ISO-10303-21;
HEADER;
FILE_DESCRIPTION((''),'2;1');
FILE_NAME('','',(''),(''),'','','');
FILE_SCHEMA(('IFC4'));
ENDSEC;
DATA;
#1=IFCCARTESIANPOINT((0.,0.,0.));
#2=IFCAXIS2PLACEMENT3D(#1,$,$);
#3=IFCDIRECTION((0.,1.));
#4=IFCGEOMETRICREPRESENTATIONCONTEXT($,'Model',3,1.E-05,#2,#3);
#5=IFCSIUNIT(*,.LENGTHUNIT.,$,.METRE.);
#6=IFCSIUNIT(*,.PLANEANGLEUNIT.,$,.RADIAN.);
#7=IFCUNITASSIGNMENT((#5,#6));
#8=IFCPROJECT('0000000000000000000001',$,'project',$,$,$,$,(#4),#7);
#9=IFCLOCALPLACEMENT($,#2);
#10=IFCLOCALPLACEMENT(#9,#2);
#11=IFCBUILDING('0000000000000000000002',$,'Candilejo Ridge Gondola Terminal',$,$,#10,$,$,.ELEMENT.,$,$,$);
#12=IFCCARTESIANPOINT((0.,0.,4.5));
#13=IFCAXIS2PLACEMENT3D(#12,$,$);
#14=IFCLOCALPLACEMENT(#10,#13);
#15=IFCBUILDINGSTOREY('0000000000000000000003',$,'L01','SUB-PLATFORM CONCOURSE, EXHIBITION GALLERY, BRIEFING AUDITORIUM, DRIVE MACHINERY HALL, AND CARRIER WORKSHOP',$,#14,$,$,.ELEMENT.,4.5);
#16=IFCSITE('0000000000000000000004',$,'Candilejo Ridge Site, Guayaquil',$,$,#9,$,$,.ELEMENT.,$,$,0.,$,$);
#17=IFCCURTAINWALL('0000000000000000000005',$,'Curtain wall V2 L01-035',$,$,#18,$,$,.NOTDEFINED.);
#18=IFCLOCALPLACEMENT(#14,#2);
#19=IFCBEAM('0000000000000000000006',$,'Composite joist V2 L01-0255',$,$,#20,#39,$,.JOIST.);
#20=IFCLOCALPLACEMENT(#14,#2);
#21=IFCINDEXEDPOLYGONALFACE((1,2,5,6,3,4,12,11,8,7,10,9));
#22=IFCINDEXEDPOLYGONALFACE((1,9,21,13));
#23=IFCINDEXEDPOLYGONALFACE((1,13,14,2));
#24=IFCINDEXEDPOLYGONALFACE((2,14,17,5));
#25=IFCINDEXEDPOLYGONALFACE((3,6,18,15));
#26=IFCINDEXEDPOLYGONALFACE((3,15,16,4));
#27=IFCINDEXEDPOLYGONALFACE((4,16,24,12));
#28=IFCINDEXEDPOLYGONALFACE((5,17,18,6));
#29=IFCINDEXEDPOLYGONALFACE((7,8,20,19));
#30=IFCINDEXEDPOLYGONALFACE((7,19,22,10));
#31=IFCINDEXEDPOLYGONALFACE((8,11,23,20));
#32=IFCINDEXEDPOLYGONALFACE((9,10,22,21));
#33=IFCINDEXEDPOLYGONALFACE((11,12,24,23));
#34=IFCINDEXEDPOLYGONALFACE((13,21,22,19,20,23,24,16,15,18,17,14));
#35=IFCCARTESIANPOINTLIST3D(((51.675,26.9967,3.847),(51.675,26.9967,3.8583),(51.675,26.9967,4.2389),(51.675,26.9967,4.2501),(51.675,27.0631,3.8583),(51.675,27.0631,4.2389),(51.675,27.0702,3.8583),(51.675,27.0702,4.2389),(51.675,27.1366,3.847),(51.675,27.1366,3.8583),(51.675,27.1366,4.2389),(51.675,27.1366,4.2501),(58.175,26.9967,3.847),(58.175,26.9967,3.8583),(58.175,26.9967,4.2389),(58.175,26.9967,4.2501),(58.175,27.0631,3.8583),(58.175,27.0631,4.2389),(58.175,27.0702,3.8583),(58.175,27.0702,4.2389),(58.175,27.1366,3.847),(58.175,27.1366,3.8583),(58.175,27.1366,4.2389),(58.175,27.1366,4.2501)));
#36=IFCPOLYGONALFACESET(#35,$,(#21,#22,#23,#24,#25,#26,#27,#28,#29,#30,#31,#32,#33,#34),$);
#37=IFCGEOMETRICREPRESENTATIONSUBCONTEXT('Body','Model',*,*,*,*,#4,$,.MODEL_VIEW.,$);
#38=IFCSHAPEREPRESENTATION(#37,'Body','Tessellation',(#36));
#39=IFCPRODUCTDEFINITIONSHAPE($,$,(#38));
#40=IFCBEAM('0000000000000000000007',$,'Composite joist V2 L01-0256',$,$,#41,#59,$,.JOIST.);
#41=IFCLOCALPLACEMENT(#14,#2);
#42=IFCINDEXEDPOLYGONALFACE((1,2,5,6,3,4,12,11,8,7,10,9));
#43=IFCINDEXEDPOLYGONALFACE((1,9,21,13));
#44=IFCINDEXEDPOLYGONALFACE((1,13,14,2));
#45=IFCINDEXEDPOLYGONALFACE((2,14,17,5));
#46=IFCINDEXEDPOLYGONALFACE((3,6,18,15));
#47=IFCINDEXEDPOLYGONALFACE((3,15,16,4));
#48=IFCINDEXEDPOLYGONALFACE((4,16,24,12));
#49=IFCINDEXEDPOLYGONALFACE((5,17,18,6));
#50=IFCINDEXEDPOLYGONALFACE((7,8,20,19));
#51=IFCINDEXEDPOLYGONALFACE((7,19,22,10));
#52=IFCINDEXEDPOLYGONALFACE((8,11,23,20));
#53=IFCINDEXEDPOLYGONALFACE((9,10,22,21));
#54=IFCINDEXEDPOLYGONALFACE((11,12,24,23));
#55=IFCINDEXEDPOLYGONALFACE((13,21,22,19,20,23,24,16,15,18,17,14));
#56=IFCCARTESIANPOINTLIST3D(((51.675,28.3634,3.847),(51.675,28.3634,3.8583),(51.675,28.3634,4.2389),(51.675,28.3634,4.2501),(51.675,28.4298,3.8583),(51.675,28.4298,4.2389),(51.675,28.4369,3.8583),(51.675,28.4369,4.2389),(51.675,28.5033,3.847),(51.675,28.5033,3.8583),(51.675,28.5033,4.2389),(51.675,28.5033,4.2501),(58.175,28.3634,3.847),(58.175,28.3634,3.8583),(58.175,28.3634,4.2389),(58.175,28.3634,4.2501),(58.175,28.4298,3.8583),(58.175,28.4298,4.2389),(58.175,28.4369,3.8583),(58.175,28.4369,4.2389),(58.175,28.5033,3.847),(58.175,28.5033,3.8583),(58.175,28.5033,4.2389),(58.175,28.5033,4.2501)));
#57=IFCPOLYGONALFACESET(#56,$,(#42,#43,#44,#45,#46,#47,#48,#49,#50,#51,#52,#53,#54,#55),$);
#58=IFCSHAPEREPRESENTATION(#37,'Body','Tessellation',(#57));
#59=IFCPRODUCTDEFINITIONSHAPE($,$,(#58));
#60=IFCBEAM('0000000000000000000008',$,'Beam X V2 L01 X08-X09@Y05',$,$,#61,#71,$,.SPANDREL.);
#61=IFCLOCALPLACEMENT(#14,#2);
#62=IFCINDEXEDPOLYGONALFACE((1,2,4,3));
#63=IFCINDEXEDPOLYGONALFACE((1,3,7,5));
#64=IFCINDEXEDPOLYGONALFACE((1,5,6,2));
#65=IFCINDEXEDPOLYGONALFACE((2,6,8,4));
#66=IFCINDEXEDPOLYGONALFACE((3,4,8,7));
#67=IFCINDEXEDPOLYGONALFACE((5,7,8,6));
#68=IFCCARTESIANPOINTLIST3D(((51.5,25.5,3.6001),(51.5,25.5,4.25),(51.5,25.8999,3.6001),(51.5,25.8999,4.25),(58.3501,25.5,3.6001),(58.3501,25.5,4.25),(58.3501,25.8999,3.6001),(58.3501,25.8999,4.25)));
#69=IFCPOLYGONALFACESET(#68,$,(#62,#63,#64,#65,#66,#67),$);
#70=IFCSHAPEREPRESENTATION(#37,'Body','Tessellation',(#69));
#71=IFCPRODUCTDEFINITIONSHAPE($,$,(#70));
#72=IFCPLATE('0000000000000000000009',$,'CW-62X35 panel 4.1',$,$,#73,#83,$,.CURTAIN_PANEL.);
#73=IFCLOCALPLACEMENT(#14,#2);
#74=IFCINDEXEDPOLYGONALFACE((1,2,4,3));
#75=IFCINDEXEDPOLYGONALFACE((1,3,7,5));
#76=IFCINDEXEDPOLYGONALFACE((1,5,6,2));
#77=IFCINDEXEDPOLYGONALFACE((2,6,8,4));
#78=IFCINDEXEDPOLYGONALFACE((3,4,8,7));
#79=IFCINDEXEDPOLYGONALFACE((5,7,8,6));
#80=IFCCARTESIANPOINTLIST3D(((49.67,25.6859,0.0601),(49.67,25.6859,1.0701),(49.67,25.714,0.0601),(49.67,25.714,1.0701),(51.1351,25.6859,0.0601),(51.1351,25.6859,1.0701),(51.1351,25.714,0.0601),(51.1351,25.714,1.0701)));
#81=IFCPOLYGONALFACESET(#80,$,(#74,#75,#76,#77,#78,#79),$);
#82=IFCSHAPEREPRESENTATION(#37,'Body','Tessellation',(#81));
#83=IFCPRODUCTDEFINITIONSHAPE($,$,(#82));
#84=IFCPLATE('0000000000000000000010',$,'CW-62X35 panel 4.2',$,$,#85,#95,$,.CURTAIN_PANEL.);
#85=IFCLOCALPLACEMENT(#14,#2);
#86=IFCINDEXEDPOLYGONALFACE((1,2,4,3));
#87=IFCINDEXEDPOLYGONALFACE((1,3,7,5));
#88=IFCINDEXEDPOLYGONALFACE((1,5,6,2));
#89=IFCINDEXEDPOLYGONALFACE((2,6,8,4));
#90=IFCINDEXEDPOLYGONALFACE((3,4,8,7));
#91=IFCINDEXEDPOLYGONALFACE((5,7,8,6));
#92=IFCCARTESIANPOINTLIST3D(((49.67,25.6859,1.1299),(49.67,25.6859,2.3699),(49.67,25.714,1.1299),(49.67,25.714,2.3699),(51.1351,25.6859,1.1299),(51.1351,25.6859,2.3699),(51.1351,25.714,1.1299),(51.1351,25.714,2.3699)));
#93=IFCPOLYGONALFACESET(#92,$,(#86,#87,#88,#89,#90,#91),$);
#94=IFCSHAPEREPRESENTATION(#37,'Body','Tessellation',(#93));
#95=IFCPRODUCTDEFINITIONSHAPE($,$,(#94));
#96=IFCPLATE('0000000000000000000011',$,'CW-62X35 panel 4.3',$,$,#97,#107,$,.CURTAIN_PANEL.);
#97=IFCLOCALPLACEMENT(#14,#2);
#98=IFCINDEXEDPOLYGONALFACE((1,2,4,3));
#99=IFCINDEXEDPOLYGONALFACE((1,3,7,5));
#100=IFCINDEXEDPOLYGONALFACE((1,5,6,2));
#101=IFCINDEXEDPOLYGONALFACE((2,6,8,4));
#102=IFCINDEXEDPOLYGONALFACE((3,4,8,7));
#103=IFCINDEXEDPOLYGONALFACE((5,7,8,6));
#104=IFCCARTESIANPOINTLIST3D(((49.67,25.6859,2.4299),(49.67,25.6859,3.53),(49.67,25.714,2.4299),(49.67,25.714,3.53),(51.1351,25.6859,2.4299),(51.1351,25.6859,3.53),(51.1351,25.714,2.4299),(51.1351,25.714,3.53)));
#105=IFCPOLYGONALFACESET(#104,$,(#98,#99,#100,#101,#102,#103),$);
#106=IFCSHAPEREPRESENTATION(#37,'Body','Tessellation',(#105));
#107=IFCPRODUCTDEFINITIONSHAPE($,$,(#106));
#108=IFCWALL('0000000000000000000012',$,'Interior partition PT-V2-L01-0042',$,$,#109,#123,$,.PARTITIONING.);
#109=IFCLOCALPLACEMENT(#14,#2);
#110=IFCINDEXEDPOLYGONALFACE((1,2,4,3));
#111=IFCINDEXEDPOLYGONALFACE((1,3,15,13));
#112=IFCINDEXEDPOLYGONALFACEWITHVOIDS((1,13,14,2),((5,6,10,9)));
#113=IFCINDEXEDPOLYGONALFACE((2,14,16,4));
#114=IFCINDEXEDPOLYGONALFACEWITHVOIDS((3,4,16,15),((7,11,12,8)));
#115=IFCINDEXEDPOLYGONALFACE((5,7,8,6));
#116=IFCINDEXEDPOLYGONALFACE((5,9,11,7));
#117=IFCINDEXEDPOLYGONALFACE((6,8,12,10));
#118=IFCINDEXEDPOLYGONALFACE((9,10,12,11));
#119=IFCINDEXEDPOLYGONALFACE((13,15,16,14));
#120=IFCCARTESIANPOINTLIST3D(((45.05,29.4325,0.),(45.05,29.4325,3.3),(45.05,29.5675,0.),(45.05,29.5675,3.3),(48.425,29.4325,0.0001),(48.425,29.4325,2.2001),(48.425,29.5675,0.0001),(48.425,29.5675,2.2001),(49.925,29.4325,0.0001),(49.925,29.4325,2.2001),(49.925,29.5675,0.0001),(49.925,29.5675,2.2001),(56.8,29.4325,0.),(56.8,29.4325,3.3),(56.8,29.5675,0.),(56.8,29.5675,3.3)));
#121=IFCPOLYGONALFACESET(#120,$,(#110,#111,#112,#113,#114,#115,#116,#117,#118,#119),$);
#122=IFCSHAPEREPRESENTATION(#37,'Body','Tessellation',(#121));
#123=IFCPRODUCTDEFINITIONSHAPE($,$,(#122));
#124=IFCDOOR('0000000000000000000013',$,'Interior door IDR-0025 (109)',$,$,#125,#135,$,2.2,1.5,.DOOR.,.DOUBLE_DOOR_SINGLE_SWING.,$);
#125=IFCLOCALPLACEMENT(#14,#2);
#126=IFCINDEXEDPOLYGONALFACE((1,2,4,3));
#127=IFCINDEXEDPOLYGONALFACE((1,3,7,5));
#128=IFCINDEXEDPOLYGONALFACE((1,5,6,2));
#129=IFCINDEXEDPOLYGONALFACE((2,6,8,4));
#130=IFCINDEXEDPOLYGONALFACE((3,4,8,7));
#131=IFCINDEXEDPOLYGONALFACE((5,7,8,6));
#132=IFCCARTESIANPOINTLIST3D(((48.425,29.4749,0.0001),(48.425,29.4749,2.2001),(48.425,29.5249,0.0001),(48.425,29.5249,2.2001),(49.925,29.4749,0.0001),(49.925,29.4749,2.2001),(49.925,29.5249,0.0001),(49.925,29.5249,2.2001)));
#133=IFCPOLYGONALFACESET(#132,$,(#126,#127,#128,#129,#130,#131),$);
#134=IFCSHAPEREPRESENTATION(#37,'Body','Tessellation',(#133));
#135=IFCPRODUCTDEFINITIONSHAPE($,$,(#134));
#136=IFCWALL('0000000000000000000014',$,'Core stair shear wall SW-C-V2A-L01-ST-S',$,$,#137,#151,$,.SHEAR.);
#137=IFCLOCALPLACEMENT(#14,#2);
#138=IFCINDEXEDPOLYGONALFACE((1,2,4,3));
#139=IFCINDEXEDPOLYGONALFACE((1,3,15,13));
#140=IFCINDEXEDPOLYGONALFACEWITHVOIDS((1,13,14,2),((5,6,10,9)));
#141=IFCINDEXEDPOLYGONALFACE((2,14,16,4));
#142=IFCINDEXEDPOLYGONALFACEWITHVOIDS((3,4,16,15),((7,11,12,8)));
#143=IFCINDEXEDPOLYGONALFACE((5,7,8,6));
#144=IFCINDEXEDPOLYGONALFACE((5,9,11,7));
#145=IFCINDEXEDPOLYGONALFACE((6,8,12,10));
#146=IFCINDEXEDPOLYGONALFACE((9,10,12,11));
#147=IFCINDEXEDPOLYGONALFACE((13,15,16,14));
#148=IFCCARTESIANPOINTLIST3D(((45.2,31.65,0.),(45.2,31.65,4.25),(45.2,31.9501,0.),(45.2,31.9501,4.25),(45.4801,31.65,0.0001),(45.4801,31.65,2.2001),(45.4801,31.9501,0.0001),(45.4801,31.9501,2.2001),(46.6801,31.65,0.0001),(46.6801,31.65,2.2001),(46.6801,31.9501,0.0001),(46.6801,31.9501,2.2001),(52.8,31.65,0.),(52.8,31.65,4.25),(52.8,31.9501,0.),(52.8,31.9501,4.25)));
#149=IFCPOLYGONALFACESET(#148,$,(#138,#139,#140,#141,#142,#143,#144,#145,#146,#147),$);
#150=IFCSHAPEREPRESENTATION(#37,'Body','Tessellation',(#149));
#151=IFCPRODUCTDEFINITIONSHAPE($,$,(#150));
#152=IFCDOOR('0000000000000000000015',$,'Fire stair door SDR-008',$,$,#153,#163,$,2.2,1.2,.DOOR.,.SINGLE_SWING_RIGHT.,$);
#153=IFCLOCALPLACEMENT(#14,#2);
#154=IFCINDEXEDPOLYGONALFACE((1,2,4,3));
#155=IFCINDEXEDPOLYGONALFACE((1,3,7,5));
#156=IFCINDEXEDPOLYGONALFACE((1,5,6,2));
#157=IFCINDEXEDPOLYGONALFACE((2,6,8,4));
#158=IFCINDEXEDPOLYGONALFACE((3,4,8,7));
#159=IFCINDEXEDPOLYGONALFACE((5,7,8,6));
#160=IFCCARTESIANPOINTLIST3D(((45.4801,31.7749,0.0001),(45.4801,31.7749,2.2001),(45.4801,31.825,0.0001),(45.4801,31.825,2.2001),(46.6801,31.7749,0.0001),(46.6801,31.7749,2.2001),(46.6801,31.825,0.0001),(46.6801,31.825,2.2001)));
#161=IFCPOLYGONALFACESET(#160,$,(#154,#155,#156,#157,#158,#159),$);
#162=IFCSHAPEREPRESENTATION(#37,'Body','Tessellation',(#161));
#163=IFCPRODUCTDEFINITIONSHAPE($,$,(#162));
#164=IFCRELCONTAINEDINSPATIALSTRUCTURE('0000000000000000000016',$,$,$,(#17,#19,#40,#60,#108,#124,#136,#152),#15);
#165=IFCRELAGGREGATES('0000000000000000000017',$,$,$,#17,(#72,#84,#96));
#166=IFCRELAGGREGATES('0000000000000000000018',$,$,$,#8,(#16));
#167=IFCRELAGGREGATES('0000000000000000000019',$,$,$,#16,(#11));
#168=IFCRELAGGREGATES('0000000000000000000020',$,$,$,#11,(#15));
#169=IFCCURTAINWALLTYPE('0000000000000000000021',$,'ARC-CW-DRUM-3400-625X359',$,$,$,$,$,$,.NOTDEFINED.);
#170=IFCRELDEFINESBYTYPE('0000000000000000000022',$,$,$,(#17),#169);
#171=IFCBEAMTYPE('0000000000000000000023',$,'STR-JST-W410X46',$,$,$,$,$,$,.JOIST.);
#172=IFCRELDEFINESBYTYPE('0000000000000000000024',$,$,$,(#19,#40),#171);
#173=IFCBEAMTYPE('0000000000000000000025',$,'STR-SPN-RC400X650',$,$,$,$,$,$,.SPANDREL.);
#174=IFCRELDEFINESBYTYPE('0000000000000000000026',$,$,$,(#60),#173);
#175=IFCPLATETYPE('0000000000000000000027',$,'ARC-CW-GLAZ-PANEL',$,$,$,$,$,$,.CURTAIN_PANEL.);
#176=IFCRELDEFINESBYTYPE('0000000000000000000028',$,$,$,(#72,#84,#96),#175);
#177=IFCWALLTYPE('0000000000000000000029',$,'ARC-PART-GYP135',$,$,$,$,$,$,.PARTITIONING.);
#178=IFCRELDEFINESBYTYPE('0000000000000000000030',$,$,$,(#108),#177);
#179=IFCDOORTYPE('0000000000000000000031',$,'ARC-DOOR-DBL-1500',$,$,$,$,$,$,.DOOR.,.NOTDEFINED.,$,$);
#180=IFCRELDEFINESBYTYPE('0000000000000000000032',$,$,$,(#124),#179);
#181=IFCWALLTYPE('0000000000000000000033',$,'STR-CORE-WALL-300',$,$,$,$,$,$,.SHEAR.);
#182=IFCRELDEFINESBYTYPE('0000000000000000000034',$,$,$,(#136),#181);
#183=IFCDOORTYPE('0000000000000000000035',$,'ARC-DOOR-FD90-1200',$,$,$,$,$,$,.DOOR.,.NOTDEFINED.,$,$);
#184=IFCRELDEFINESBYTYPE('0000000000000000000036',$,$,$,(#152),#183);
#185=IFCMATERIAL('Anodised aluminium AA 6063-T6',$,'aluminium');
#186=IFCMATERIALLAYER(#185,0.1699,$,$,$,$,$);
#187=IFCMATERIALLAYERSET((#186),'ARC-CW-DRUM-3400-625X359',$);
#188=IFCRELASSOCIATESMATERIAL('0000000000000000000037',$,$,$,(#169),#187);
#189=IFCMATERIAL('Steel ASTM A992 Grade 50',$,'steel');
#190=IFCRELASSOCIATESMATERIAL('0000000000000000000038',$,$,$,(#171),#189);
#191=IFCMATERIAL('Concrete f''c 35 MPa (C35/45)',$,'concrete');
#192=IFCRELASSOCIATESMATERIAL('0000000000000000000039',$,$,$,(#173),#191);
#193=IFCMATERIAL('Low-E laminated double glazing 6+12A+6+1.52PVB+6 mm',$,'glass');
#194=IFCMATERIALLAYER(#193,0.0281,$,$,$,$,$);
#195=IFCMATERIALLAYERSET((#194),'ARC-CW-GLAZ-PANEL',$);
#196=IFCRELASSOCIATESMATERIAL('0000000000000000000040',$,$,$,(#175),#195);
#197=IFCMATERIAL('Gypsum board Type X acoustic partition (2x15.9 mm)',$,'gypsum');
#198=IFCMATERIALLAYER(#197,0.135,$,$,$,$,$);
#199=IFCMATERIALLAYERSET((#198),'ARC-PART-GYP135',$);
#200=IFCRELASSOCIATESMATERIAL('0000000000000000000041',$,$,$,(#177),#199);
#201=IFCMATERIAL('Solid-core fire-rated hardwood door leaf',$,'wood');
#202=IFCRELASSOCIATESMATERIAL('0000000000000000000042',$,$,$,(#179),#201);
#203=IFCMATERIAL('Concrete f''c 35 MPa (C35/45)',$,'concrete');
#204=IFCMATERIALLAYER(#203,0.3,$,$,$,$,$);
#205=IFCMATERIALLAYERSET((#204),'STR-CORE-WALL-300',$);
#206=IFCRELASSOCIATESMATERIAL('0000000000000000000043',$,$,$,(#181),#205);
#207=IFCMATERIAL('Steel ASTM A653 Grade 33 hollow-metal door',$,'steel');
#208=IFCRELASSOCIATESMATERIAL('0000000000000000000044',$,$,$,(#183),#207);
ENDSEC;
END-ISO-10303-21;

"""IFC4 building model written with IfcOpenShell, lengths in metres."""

from ifc_helpers import new_model, si_unit, direction, frame, frame_2d, origin, origin_2d, place, context, subcontext, project, spatial, rectangle, i_section, extrude, material, layer, layer_set, material_profile, profile_set, type_object, element, fill, aggregate, save


model = new_model("IFC4")

# Units and contexts
model_context = context("Model", 3, precision=1e-05, world=origin(), true_north=direction((0.0, 1.0)))
body_context = subcontext(model_context, "Body", "Model", "MODEL_VIEW")
ifc_project = project(units=[si_unit("LENGTHUNIT", "METRE"), si_unit("PLANEANGLEUNIT", "RADIAN")], contexts=[model_context])

# Site, building, storey
site_placement = place(None, origin())
site = spatial("IfcSite", under=ifc_project, at=site_placement, Name="Candilejo Ridge Site, Guayaquil", CompositionType="ELEMENT", RefElevation=0.0)
building_placement = place(site_placement, origin())
building = spatial("IfcBuilding", under=site, at=building_placement, Name="Candilejo Ridge Gondola Terminal", CompositionType="ELEMENT")
storey_placement = place(building_placement, frame((0.0, 0.0, 4.5)))
storey = spatial("IfcBuildingStorey", under=building, at=storey_placement, Name="L01", Description="SUB-PLATFORM CONCOURSE, EXHIBITION GALLERY, BRIEFING AUDITORIUM, DRIVE MACHINERY HALL, AND CARRIER WORKSHOP", CompositionType="ELEMENT", Elevation=4.5)

# Curtain wall
ifc_material_1 = material(Name="Anodised aluminium AA 6063-T6", Category="aluminium")
ifc_layer_1 = layer(ifc_material_1, 0.1699)
ifc_layer_set_1 = layer_set([ifc_layer_1], Name="ARC-CW-DRUM-3400-625X359")
curtain_wall_type = type_object("IfcCurtainWallType", Name="ARC-CW-DRUM-3400-625X359", PredefinedType="NOTDEFINED", material=ifc_layer_set_1)
curtain_wall_1_placement = place(storey_placement, origin())
curtain_wall_1 = element("IfcCurtainWall", 1, at=curtain_wall_1_placement, inside=storey, type_object=curtain_wall_type, Name="Curtain wall V2 L01-035", PredefinedType="NOTDEFINED")

# Beams
ifc_material_2 = material(Name="Steel ASTM A992 Grade 50", Category="steel")
ifc_material_profile_1 = material_profile(ifc_material_2, i_section(OverallWidth=0.1399, OverallDepth=0.4031, WebThickness=0.0071, FlangeThickness=0.0112, at=origin_2d()))
ifc_profile_set_1 = profile_set([ifc_material_profile_1], Name="Steel ASTM A992 Grade 50")
beam_type_1 = type_object("IfcBeamType", Name="STR-JST-W410X46", PredefinedType="JOIST", material=ifc_profile_set_1)
for number, where, z_axis, x_axis, name in (
    (2, (51.675, 27.0667, 4.0486), (1.0, 0.0, 0.0), (0.0, 1.0, 0.0), "Composite joist V2 L01-0255"),
    (3, (51.675, 28.4333, 4.0486), (1.0, 0.0, 0.0), (0.0, 1.0, 0.0), "Composite joist V2 L01-0256"),
):
    element("IfcBeam", number, at=place(storey_placement, frame(where, z_axis=z_axis, x_axis=x_axis)), inside=storey, type_object=beam_type_1, Name=name, PredefinedType="JOIST", context=body_context, shape_type="SweptSolid", body=[
        extrude(i_section(OverallWidth=0.1399, OverallDepth=0.4031, WebThickness=0.0071, FlangeThickness=0.0112, at=origin_2d()), origin(), (0.0, 0.0, 1.0), 6.5),
    ])
ifc_material_3 = material(Name="Concrete f'c 35 MPa (C35/45)", Category="concrete")
ifc_material_profile_2 = material_profile(ifc_material_3, rectangle(XDim=0.3999, YDim=0.6499, at=origin_2d()))
ifc_profile_set_2 = profile_set([ifc_material_profile_2], Name="Concrete f'c 35 MPa (C35/45)")
beam_type_2 = type_object("IfcBeamType", Name="STR-SPN-RC400X650", PredefinedType="SPANDREL", material=ifc_profile_set_2)
beam_1_placement = place(storey_placement, frame((51.5, 25.7, 3.925), z_axis=(1.0, 0.0, 0.0), x_axis=(0.0, 1.0, 0.0)))
element("IfcBeam", 4, at=beam_1_placement, inside=storey, type_object=beam_type_2, Name="Beam X V2 L01 X08-X09@Y05", PredefinedType="SPANDREL", context=body_context, shape_type="SweptSolid", body=[
    extrude(rectangle(XDim=0.3999, YDim=0.6499, at=origin_2d()), origin(), (0.0, 0.0, 1.0), 6.8501),
])

# Plates
ifc_material_4 = material(Name="Low-E laminated double glazing 6+12A+6+1.52PVB+6 mm", Category="glass")
ifc_layer_2 = layer(ifc_material_4, 0.0281)
ifc_layer_set_2 = layer_set([ifc_layer_2], Name="ARC-CW-GLAZ-PANEL")
plate_type = type_object("IfcPlateType", Name="ARC-CW-GLAZ-PANEL", PredefinedType="CURTAIN_PANEL", material=ifc_layer_set_2)
plate_1_placement = place(storey_placement, frame((50.4026, 25.7, 0.0601), z_axis=(0.0, 0.0, 1.0), x_axis=(1.0, 0.0, 0.0)))
plate_1 = element("IfcPlate", 5, at=plate_1_placement, type_object=plate_type, Name="CW-62X35 panel 4.1", PredefinedType="CURTAIN_PANEL", context=body_context, shape_type="SweptSolid", body=[
    extrude(rectangle(XDim=1.4651, YDim=0.0281, at=origin_2d()), origin(), (0.0, 0.0, 1.0), 1.01),
])
plate_2_placement = place(storey_placement, frame((50.4026, 25.7, 1.1299), z_axis=(0.0, 0.0, 1.0), x_axis=(1.0, 0.0, 0.0)))
plate_2 = element("IfcPlate", 6, at=plate_2_placement, type_object=plate_type, Name="CW-62X35 panel 4.2", PredefinedType="CURTAIN_PANEL", context=body_context, shape_type="SweptSolid", body=[
    extrude(rectangle(XDim=1.4651, YDim=0.0281, at=origin_2d()), origin(), (0.0, 0.0, 1.0), 1.24),
])
plate_3_placement = place(storey_placement, frame((50.4026, 25.7, 2.4299), z_axis=(0.0, 0.0, 1.0), x_axis=(1.0, 0.0, 0.0)))
plate_3 = element("IfcPlate", 7, at=plate_3_placement, type_object=plate_type, Name="CW-62X35 panel 4.3", PredefinedType="CURTAIN_PANEL", context=body_context, shape_type="SweptSolid", body=[
    extrude(rectangle(XDim=1.4651, YDim=0.0281, at=origin_2d()), origin(), (0.0, 0.0, 1.0), 1.1001),
])
aggregate(curtain_wall_1, [plate_1, plate_2, plate_3])

# Walls, openings, doors
ifc_material_5 = material(Name="Gypsum board Type X acoustic partition (2x15.9 mm)", Category="gypsum")
ifc_layer_3 = layer(ifc_material_5, 0.135)
ifc_layer_set_3 = layer_set([ifc_layer_3], Name="ARC-PART-GYP135")
wall_type_1 = type_object("IfcWallType", Name="ARC-PART-GYP135", PredefinedType="PARTITIONING", material=ifc_layer_set_3)
wall_1_placement = place(storey_placement, frame((45.05, 29.5, 0.0), z_axis=(0.0, 0.0, 1.0), x_axis=(1.0, 0.0, 0.0)))
wall_1 = element("IfcWall", 8, at=wall_1_placement, inside=storey, type_object=wall_type_1, Name="Interior partition PT-V2-L01-0042", PredefinedType="PARTITIONING", context=body_context, shape_type="SweptSolid", body=[
    extrude(rectangle(XDim=11.75, YDim=0.135, at=frame_2d((5.875, 0.0))), origin(), (0.0, 0.0, 1.0), 3.3),
])
opening_1_placement = place(wall_1_placement, frame((3.375, 0.0, 0.0)))
opening_1 = element("IfcOpeningElement", 9, at=opening_1_placement, cuts=wall_1, PredefinedType="OPENING", context=body_context, shape_type="SweptSolid", body=[
    extrude(rectangle(XDim=1.5, YDim=2.2, at=frame_2d((0.75, 1.1001))), frame((0.0, 0.0774, 0.0), z_axis=(0.0, -1.0, 0.0), x_axis=(1.0, 0.0, 0.0)), (0.0, 0.0, 1.0), 0.155),
])
ifc_material_6 = material(Name="Solid-core fire-rated hardwood door leaf", Category="wood")
door_type_1 = type_object("IfcDoorType", Name="ARC-DOOR-DBL-1500", OperationType="NOTDEFINED", PredefinedType="DOOR", material=ifc_material_6)
door_1_placement = place(opening_1_placement, origin())
door_1 = element("IfcDoor", 10, at=door_1_placement, inside=storey, type_object=door_type_1, Name="Interior door IDR-0025 (109)", OperationType="DOUBLE_DOOR_SINGLE_SWING", OverallHeight=2.2, OverallWidth=1.5, PredefinedType="DOOR", context=body_context, shape_type="SweptSolid", body=[
    extrude(rectangle(XDim=1.5, YDim=2.2, at=frame_2d((0.75, 1.1001))), frame((0.0, 0.0249, 0.0), z_axis=(0.0, -1.0, 0.0), x_axis=(1.0, 0.0, 0.0)), (0.0, 0.0, 1.0), 0.05),
])
fill(opening_1, door_1)
ifc_material_7 = material(Name="Concrete f'c 35 MPa (C35/45)", Category="concrete")
ifc_layer_4 = layer(ifc_material_7, 0.3)
ifc_layer_set_4 = layer_set([ifc_layer_4], Name="STR-CORE-WALL-300")
wall_type_2 = type_object("IfcWallType", Name="STR-CORE-WALL-300", PredefinedType="SHEAR", material=ifc_layer_set_4)
wall_2_placement = place(storey_placement, frame((45.2, 31.8, 0.0), z_axis=(0.0, 0.0, 1.0), x_axis=(1.0, 0.0, 0.0)))
wall_2 = element("IfcWall", 11, at=wall_2_placement, inside=storey, type_object=wall_type_2, Name="Core stair shear wall SW-C-V2A-L01-ST-S", PredefinedType="SHEAR", context=body_context, shape_type="SweptSolid", body=[
    extrude(rectangle(XDim=7.6001, YDim=0.3, at=frame_2d((3.8, 0.0))), origin(), (0.0, 0.0, 1.0), 4.25),
])
opening_2_placement = place(wall_2_placement, frame((0.28, 0.0, 0.0)))
opening_2 = element("IfcOpeningElement", 12, at=opening_2_placement, cuts=wall_2, PredefinedType="OPENING", context=body_context, shape_type="SweptSolid", body=[
    extrude(rectangle(XDim=1.2, YDim=2.2, at=frame_2d((0.6001, 1.1001))), frame((0.0, 0.1599, 0.0), z_axis=(0.0, -1.0, 0.0), x_axis=(1.0, 0.0, 0.0)), (0.0, 0.0, 1.0), 0.3201),
])
ifc_material_8 = material(Name="Steel ASTM A653 Grade 33 hollow-metal door", Category="steel")
door_type_2 = type_object("IfcDoorType", Name="ARC-DOOR-FD90-1200", OperationType="NOTDEFINED", PredefinedType="DOOR", material=ifc_material_8)
door_2_placement = place(opening_2_placement, origin())
door_2 = element("IfcDoor", 13, at=door_2_placement, inside=storey, type_object=door_type_2, Name="Fire stair door SDR-008", OperationType="SINGLE_SWING_RIGHT", OverallHeight=2.2, OverallWidth=1.2, PredefinedType="DOOR", context=body_context, shape_type="SweptSolid", body=[
    extrude(rectangle(XDim=1.2, YDim=2.2, at=frame_2d((0.6001, 1.1001))), frame((0.0, 0.0249, 0.0), z_axis=(0.0, -1.0, 0.0), x_axis=(1.0, 0.0, 0.0)), (0.0, 0.0, 1.0), 0.05),
])
fill(opening_2, door_2)

save(model, "model.ifc")
